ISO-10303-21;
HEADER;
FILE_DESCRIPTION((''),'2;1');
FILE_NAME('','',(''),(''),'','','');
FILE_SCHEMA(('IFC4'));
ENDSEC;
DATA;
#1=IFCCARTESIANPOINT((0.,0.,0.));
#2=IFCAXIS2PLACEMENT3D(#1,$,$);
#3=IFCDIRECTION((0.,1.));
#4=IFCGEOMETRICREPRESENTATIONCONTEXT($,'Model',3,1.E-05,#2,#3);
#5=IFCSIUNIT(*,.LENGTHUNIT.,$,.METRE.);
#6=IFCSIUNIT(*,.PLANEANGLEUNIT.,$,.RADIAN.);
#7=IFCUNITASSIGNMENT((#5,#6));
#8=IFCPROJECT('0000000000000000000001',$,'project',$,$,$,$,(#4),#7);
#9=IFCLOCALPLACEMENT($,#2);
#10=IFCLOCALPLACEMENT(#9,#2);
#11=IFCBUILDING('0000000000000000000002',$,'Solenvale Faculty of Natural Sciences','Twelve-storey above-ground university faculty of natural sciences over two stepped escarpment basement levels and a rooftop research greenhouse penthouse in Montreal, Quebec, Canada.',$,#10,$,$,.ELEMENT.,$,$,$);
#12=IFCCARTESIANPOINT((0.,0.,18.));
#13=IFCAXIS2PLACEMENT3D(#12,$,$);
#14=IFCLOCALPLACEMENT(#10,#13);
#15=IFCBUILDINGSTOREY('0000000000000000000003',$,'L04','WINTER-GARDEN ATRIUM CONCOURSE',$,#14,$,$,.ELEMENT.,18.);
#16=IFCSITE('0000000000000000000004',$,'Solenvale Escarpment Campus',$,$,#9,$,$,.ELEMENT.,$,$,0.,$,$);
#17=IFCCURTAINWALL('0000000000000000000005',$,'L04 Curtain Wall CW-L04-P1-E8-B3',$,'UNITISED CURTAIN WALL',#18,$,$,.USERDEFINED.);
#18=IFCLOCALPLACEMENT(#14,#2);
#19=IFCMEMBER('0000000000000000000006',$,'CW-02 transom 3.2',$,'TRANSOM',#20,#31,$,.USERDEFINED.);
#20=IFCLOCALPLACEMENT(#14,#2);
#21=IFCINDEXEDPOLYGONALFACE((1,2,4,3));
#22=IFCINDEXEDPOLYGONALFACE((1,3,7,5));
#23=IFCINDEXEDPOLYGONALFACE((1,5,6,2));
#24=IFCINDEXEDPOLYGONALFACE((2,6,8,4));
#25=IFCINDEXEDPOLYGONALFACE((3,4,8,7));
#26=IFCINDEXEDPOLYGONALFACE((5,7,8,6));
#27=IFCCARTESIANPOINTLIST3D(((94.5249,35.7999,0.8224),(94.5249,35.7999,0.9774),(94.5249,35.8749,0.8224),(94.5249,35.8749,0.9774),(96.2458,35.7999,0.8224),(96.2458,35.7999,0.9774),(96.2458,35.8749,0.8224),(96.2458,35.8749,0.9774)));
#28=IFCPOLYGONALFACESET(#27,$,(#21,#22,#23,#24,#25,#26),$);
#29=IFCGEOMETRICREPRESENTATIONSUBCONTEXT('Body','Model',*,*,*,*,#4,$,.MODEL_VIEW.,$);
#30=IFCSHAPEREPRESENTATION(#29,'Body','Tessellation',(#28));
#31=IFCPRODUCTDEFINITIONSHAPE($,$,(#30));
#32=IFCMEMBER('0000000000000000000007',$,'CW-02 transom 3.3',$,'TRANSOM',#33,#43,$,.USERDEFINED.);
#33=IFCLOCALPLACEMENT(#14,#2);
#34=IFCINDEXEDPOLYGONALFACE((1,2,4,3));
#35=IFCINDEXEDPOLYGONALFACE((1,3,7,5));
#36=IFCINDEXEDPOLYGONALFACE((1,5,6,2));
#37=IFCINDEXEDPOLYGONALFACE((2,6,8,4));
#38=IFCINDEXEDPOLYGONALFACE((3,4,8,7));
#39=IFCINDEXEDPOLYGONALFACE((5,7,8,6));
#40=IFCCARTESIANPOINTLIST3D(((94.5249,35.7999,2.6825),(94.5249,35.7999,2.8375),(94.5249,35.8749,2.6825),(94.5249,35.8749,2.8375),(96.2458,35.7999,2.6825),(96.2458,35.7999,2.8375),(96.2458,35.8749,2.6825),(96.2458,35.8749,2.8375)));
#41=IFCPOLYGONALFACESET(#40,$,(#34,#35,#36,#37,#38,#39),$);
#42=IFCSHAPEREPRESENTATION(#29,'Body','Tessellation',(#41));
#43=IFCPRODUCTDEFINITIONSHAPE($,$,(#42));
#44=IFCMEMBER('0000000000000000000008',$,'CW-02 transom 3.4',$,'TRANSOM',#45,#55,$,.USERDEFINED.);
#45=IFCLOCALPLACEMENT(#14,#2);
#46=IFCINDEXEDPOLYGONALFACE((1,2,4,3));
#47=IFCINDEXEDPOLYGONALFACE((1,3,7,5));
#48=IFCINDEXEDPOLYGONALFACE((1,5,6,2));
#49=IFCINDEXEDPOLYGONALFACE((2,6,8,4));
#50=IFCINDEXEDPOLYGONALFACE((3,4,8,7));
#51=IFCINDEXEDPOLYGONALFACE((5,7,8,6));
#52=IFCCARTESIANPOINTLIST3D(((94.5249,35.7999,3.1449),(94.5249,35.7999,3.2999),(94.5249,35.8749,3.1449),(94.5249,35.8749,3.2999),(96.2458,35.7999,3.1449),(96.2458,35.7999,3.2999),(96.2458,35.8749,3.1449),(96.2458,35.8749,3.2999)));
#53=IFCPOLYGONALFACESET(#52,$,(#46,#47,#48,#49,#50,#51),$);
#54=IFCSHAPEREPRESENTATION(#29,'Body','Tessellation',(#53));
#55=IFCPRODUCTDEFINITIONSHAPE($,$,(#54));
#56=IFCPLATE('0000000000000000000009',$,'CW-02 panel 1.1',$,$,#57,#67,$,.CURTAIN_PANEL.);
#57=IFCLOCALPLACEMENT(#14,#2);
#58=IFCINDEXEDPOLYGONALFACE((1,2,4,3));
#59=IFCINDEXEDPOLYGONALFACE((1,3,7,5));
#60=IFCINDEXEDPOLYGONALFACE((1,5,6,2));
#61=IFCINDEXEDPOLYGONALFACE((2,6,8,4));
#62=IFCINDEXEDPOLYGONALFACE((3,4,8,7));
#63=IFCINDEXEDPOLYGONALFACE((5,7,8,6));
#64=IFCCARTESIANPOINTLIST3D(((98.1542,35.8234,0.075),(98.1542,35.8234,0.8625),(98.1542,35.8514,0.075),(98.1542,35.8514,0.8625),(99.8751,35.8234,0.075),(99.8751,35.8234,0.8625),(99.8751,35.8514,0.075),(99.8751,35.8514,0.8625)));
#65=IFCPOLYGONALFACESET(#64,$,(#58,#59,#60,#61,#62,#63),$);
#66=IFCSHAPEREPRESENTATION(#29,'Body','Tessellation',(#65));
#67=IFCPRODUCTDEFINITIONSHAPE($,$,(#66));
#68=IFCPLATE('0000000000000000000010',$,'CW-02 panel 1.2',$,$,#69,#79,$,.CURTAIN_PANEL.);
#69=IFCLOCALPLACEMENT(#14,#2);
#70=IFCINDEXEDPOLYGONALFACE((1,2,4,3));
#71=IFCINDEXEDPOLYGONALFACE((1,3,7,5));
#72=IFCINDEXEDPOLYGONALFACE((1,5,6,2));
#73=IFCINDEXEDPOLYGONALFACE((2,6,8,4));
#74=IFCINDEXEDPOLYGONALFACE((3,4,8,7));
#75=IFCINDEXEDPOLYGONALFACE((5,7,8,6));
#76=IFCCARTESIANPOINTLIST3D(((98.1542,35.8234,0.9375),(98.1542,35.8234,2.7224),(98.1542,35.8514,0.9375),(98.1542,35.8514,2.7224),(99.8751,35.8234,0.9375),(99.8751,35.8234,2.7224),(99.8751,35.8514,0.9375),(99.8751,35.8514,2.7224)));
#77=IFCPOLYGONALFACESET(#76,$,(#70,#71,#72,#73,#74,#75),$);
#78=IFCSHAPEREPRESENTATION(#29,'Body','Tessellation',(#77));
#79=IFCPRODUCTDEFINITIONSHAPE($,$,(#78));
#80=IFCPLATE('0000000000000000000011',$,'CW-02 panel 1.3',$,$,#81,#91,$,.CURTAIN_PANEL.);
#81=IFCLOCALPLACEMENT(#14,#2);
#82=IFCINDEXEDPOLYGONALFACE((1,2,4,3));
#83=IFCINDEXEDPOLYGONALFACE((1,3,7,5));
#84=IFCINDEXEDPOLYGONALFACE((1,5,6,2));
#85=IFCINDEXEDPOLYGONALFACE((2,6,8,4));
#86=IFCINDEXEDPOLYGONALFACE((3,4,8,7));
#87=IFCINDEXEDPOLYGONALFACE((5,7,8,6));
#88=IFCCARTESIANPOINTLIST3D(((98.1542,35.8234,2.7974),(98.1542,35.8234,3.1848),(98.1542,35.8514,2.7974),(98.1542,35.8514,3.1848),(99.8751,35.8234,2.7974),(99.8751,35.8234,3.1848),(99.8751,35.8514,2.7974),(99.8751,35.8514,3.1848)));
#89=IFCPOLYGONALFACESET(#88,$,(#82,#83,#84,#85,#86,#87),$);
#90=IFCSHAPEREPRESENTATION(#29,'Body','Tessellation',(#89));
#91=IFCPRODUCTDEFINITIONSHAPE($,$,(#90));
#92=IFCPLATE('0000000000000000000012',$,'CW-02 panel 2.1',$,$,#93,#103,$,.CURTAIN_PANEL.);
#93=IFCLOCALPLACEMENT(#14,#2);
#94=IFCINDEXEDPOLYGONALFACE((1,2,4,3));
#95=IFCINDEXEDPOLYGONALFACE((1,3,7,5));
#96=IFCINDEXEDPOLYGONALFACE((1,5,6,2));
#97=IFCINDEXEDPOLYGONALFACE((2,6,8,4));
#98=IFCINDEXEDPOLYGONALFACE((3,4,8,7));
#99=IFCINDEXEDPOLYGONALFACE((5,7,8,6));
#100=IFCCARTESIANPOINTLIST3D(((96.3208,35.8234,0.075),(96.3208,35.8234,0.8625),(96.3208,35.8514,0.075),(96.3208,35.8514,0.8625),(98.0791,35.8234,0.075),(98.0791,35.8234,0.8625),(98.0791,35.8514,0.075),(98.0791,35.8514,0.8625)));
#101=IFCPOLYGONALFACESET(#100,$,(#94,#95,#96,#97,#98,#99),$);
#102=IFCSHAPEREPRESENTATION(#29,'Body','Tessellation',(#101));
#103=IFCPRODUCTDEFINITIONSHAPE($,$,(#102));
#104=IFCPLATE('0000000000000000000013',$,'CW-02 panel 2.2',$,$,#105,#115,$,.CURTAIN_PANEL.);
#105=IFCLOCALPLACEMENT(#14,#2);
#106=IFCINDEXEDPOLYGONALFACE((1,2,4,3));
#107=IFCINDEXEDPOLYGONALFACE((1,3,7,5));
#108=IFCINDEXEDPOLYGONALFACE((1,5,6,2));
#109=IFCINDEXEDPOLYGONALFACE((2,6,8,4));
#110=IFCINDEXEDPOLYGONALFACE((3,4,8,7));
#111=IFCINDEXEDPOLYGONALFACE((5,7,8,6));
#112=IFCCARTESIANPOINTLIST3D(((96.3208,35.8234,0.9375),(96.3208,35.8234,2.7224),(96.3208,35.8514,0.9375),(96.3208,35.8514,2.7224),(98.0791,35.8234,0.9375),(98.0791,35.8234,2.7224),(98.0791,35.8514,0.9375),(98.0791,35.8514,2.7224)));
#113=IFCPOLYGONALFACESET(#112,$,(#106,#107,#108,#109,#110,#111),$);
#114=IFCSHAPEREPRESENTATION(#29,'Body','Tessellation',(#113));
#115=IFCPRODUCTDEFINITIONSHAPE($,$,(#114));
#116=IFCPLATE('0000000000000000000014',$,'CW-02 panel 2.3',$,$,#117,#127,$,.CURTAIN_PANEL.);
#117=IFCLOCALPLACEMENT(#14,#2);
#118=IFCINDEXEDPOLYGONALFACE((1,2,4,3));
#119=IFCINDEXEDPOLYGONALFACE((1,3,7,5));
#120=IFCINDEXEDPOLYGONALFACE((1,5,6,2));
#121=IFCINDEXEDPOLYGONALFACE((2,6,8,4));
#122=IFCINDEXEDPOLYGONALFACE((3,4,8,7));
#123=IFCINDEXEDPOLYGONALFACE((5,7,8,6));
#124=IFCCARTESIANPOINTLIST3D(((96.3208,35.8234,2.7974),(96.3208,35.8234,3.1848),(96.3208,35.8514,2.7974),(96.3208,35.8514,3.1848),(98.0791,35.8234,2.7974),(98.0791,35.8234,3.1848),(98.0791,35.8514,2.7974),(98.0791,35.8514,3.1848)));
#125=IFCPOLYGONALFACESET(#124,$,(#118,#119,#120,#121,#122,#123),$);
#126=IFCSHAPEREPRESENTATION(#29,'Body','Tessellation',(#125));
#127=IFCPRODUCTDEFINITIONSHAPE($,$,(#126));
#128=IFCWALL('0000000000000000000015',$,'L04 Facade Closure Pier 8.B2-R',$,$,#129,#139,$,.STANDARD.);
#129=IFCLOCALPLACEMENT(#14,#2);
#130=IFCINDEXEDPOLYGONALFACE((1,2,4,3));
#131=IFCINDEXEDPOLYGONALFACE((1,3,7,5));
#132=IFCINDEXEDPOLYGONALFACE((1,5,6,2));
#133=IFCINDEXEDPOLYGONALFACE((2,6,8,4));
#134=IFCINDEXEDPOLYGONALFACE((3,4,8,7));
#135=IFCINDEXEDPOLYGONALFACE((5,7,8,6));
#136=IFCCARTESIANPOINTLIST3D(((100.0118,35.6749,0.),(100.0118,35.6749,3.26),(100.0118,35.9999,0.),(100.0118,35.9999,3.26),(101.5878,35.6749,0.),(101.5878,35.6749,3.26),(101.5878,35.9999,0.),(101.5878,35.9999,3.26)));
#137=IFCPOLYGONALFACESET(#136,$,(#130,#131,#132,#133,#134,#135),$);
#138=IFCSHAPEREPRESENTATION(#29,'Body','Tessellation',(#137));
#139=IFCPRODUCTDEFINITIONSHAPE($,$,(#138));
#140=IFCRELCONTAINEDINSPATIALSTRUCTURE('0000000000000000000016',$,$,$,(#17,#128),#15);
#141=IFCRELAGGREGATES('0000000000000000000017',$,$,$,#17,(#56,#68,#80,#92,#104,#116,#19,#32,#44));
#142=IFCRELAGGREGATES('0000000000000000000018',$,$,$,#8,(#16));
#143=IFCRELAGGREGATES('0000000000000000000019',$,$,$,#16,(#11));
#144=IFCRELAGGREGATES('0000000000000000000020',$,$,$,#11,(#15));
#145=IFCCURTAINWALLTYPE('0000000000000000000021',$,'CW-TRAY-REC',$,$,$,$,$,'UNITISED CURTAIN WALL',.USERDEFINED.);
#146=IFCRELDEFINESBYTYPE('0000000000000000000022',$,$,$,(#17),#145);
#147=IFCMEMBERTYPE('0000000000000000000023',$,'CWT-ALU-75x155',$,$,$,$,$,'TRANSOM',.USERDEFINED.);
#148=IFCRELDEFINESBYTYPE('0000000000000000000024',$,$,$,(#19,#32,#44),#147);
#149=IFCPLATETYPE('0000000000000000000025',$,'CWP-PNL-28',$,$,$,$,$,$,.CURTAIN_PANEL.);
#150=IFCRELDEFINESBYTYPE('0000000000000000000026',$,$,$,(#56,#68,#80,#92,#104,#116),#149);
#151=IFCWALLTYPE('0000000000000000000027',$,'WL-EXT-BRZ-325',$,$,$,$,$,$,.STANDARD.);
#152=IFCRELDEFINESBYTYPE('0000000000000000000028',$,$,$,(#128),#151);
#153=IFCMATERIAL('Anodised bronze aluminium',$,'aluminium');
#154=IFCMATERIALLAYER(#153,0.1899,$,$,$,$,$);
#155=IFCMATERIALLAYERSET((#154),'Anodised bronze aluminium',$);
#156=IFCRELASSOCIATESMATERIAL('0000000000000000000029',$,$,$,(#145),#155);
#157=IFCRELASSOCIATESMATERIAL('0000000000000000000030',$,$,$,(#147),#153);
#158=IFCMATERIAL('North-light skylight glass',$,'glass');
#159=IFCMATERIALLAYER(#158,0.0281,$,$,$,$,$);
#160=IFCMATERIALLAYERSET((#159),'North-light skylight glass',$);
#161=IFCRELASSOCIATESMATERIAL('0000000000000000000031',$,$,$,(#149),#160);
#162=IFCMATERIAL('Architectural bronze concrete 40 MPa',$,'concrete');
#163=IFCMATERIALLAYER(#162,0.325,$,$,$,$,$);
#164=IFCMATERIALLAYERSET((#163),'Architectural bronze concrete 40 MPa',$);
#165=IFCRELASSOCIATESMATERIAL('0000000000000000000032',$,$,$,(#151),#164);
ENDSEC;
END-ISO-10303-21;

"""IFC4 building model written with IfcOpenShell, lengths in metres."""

from ifc_helpers import new_model, si_unit, direction, frame, frame_2d, origin, origin_2d, place, context, subcontext, project, spatial, rectangle, extrude, material, layer, layer_set, material_profile, profile_set, type_object, element, aggregate, save


model = new_model("IFC4")

# Units and contexts
model_context = context("Model", 3, precision=1e-05, world=origin(), true_north=direction((0.0, 1.0)))
body_context = subcontext(model_context, "Body", "Model", "MODEL_VIEW")
ifc_project = project(units=[si_unit("LENGTHUNIT", "METRE"), si_unit("PLANEANGLEUNIT", "RADIAN")], contexts=[model_context])

# Site, building, storey
site_placement = place(None, origin())
site = spatial("IfcSite", under=ifc_project, at=site_placement, Name="Solenvale Escarpment Campus", CompositionType="ELEMENT", RefElevation=0.0)
building_placement = place(site_placement, origin())
building = spatial("IfcBuilding", under=site, at=building_placement, Name="Solenvale Faculty of Natural Sciences", Description="Twelve-storey above-ground university faculty of natural sciences over two stepped escarpment basement levels and a rooftop research greenhouse penthouse in Montreal, Quebec, Canada.", CompositionType="ELEMENT")
storey_placement = place(building_placement, frame((0.0, 0.0, 18.0)))
storey = spatial("IfcBuildingStorey", under=building, at=storey_placement, Name="L04", Description="WINTER-GARDEN ATRIUM CONCOURSE", CompositionType="ELEMENT", Elevation=18.0)

# Shared definitions
ifc_material_1 = material(Name="Anodised bronze aluminium", Category="aluminium")
ifc_layer_1 = layer(ifc_material_1, 0.1899)
ifc_layer_set_1 = layer_set([ifc_layer_1], Name="Anodised bronze aluminium")
curtain_wall_type = type_object("IfcCurtainWallType", Name="CW-TRAY-REC", ElementType="UNITISED CURTAIN WALL", PredefinedType="USERDEFINED", material=ifc_layer_set_1)

# Curtain wall, members, plates
curtain_wall_1_placement = place(storey_placement, origin())
curtain_wall_1 = element("IfcCurtainWall", 1, at=curtain_wall_1_placement, inside=storey, type_object=curtain_wall_type, Name="L04 Curtain Wall CW-L04-P1-E8-B3", ObjectType="UNITISED CURTAIN WALL", PredefinedType="USERDEFINED")
ifc_material_profile_1 = material_profile(ifc_material_1, rectangle(XDim=0.075, YDim=0.155, at=origin_2d()), Name="ALU-TRN-75x155")
ifc_profile_set_1 = profile_set([ifc_material_profile_1], Name="Anodised bronze aluminium")
member_type_1 = type_object("IfcMemberType", Name="CWT-ALU-75x155", ElementType="TRANSOM", PredefinedType="USERDEFINED", material=ifc_profile_set_1)
member_1_placement = place(storey_placement, frame((96.2458, 35.8374, 0.8999), z_axis=(-1.0, 0.0, 0.0), x_axis=(0.0, -1.0, 0.0)))
member_1 = element("IfcMember", 2, at=member_1_placement, type_object=member_type_1, Name="CW-02 transom 3.2", ObjectType="TRANSOM", PredefinedType="USERDEFINED", context=body_context, shape_type="SweptSolid", body=[
    extrude(rectangle(XDim=0.075, YDim=0.155, at=origin_2d()), origin(), (0.0, 0.0, 1.0), 1.7209),
])
member_2_placement = place(storey_placement, frame((96.2458, 35.8374, 2.76), z_axis=(-1.0, 0.0, 0.0), x_axis=(0.0, -1.0, 0.0)))
member_2 = element("IfcMember", 3, at=member_2_placement, type_object=member_type_1, Name="CW-02 transom 3.3", ObjectType="TRANSOM", PredefinedType="USERDEFINED", context=body_context, shape_type="SweptSolid", body=[
    extrude(rectangle(XDim=0.075, YDim=0.155, at=origin_2d()), origin(), (0.0, 0.0, 1.0), 1.7209),
])
member_3_placement = place(storey_placement, frame((96.2458, 35.8374, 3.2224), z_axis=(-1.0, 0.0, 0.0), x_axis=(0.0, -1.0, 0.0)))
member_3 = element("IfcMember", 4, at=member_3_placement, type_object=member_type_1, Name="CW-02 transom 3.4", ObjectType="TRANSOM", PredefinedType="USERDEFINED", context=body_context, shape_type="SweptSolid", body=[
    extrude(rectangle(XDim=0.075, YDim=0.155, at=origin_2d()), origin(), (0.0, 0.0, 1.0), 1.7209),
])
ifc_material_2 = material(Name="North-light skylight glass", Category="glass")
ifc_layer_2 = layer(ifc_material_2, 0.0281)
ifc_layer_set_2 = layer_set([ifc_layer_2], Name="North-light skylight glass")
plate_type = type_object("IfcPlateType", Name="CWP-PNL-28", PredefinedType="CURTAIN_PANEL", material=ifc_layer_set_2)
plate_1_placement = place(storey_placement, frame((99.0146, 35.8374, 0.075), z_axis=(0.0, 0.0, 1.0), x_axis=(-1.0, 0.0, 0.0)))
plate_1 = element("IfcPlate", 5, at=plate_1_placement, type_object=plate_type, Name="CW-02 panel 1.1", PredefinedType="CURTAIN_PANEL", context=body_context, shape_type="SweptSolid", body=[
    extrude(rectangle(XDim=1.7209, YDim=0.0281, at=origin_2d()), origin(), (0.0, 0.0, 1.0), 0.7876),
])
plate_2_placement = place(storey_placement, frame((99.0146, 35.8374, 0.9375), z_axis=(0.0, 0.0, 1.0), x_axis=(-1.0, 0.0, 0.0)))
plate_2 = element("IfcPlate", 6, at=plate_2_placement, type_object=plate_type, Name="CW-02 panel 1.2", PredefinedType="CURTAIN_PANEL", context=body_context, shape_type="SweptSolid", body=[
    extrude(rectangle(XDim=1.7209, YDim=0.0281, at=origin_2d()), origin(), (0.0, 0.0, 1.0), 1.7849),
])
plate_3_placement = place(storey_placement, frame((99.0146, 35.8374, 2.7974), z_axis=(0.0, 0.0, 1.0), x_axis=(-1.0, 0.0, 0.0)))
plate_3 = element("IfcPlate", 7, at=plate_3_placement, type_object=plate_type, Name="CW-02 panel 1.3", PredefinedType="CURTAIN_PANEL", context=body_context, shape_type="SweptSolid", body=[
    extrude(rectangle(XDim=1.7209, YDim=0.0281, at=origin_2d()), origin(), (0.0, 0.0, 1.0), 0.3875),
])
plate_4_placement = place(storey_placement, frame((97.2, 35.8374, 0.075), z_axis=(0.0, 0.0, 1.0), x_axis=(-1.0, 0.0, 0.0)))
plate_4 = element("IfcPlate", 8, at=plate_4_placement, type_object=plate_type, Name="CW-02 panel 2.1", PredefinedType="CURTAIN_PANEL", context=body_context, shape_type="SweptSolid", body=[
    extrude(rectangle(XDim=1.7583, YDim=0.0281, at=origin_2d()), origin(), (0.0, 0.0, 1.0), 0.7876),
])
plate_5_placement = place(storey_placement, frame((97.2, 35.8374, 0.9375), z_axis=(0.0, 0.0, 1.0), x_axis=(-1.0, 0.0, 0.0)))
plate_5 = element("IfcPlate", 9, at=plate_5_placement, type_object=plate_type, Name="CW-02 panel 2.2", PredefinedType="CURTAIN_PANEL", context=body_context, shape_type="SweptSolid", body=[
    extrude(rectangle(XDim=1.7583, YDim=0.0281, at=origin_2d()), origin(), (0.0, 0.0, 1.0), 1.7849),
])
plate_6_placement = place(storey_placement, frame((97.2, 35.8374, 2.7974), z_axis=(0.0, 0.0, 1.0), x_axis=(-1.0, 0.0, 0.0)))
plate_6 = element("IfcPlate", 10, at=plate_6_placement, type_object=plate_type, Name="CW-02 panel 2.3", PredefinedType="CURTAIN_PANEL", context=body_context, shape_type="SweptSolid", body=[
    extrude(rectangle(XDim=1.7583, YDim=0.0281, at=origin_2d()), origin(), (0.0, 0.0, 1.0), 0.3875),
])
aggregate(curtain_wall_1, [plate_1, plate_2, plate_3, plate_4, plate_5, plate_6, member_1, member_2, member_3])

# Wall
ifc_material_3 = material(Name="Architectural bronze concrete 40 MPa", Category="concrete")
ifc_layer_3 = layer(ifc_material_3, 0.325)
ifc_layer_set_3 = layer_set([ifc_layer_3], Name="Architectural bronze concrete 40 MPa")
wall_type = type_object("IfcWallType", Name="WL-EXT-BRZ-325", PredefinedType="STANDARD", material=ifc_layer_set_3)
wall_placement = place(storey_placement, frame((101.5879, 35.8374, 0.0), z_axis=(0.0, 0.0, 1.0), x_axis=(-1.0, 0.0, 0.0)))
element("IfcWall", 11, at=wall_placement, inside=storey, type_object=wall_type, Name="L04 Facade Closure Pier 8.B2-R", PredefinedType="STANDARD", context=body_context, shape_type="SweptSolid", body=[
    extrude(rectangle(XDim=1.5759, YDim=0.325, at=frame_2d((0.7881, 0.0))), origin(), (0.0, 0.0, 1.0), 3.26),
])

save(model, "model.ifc")
